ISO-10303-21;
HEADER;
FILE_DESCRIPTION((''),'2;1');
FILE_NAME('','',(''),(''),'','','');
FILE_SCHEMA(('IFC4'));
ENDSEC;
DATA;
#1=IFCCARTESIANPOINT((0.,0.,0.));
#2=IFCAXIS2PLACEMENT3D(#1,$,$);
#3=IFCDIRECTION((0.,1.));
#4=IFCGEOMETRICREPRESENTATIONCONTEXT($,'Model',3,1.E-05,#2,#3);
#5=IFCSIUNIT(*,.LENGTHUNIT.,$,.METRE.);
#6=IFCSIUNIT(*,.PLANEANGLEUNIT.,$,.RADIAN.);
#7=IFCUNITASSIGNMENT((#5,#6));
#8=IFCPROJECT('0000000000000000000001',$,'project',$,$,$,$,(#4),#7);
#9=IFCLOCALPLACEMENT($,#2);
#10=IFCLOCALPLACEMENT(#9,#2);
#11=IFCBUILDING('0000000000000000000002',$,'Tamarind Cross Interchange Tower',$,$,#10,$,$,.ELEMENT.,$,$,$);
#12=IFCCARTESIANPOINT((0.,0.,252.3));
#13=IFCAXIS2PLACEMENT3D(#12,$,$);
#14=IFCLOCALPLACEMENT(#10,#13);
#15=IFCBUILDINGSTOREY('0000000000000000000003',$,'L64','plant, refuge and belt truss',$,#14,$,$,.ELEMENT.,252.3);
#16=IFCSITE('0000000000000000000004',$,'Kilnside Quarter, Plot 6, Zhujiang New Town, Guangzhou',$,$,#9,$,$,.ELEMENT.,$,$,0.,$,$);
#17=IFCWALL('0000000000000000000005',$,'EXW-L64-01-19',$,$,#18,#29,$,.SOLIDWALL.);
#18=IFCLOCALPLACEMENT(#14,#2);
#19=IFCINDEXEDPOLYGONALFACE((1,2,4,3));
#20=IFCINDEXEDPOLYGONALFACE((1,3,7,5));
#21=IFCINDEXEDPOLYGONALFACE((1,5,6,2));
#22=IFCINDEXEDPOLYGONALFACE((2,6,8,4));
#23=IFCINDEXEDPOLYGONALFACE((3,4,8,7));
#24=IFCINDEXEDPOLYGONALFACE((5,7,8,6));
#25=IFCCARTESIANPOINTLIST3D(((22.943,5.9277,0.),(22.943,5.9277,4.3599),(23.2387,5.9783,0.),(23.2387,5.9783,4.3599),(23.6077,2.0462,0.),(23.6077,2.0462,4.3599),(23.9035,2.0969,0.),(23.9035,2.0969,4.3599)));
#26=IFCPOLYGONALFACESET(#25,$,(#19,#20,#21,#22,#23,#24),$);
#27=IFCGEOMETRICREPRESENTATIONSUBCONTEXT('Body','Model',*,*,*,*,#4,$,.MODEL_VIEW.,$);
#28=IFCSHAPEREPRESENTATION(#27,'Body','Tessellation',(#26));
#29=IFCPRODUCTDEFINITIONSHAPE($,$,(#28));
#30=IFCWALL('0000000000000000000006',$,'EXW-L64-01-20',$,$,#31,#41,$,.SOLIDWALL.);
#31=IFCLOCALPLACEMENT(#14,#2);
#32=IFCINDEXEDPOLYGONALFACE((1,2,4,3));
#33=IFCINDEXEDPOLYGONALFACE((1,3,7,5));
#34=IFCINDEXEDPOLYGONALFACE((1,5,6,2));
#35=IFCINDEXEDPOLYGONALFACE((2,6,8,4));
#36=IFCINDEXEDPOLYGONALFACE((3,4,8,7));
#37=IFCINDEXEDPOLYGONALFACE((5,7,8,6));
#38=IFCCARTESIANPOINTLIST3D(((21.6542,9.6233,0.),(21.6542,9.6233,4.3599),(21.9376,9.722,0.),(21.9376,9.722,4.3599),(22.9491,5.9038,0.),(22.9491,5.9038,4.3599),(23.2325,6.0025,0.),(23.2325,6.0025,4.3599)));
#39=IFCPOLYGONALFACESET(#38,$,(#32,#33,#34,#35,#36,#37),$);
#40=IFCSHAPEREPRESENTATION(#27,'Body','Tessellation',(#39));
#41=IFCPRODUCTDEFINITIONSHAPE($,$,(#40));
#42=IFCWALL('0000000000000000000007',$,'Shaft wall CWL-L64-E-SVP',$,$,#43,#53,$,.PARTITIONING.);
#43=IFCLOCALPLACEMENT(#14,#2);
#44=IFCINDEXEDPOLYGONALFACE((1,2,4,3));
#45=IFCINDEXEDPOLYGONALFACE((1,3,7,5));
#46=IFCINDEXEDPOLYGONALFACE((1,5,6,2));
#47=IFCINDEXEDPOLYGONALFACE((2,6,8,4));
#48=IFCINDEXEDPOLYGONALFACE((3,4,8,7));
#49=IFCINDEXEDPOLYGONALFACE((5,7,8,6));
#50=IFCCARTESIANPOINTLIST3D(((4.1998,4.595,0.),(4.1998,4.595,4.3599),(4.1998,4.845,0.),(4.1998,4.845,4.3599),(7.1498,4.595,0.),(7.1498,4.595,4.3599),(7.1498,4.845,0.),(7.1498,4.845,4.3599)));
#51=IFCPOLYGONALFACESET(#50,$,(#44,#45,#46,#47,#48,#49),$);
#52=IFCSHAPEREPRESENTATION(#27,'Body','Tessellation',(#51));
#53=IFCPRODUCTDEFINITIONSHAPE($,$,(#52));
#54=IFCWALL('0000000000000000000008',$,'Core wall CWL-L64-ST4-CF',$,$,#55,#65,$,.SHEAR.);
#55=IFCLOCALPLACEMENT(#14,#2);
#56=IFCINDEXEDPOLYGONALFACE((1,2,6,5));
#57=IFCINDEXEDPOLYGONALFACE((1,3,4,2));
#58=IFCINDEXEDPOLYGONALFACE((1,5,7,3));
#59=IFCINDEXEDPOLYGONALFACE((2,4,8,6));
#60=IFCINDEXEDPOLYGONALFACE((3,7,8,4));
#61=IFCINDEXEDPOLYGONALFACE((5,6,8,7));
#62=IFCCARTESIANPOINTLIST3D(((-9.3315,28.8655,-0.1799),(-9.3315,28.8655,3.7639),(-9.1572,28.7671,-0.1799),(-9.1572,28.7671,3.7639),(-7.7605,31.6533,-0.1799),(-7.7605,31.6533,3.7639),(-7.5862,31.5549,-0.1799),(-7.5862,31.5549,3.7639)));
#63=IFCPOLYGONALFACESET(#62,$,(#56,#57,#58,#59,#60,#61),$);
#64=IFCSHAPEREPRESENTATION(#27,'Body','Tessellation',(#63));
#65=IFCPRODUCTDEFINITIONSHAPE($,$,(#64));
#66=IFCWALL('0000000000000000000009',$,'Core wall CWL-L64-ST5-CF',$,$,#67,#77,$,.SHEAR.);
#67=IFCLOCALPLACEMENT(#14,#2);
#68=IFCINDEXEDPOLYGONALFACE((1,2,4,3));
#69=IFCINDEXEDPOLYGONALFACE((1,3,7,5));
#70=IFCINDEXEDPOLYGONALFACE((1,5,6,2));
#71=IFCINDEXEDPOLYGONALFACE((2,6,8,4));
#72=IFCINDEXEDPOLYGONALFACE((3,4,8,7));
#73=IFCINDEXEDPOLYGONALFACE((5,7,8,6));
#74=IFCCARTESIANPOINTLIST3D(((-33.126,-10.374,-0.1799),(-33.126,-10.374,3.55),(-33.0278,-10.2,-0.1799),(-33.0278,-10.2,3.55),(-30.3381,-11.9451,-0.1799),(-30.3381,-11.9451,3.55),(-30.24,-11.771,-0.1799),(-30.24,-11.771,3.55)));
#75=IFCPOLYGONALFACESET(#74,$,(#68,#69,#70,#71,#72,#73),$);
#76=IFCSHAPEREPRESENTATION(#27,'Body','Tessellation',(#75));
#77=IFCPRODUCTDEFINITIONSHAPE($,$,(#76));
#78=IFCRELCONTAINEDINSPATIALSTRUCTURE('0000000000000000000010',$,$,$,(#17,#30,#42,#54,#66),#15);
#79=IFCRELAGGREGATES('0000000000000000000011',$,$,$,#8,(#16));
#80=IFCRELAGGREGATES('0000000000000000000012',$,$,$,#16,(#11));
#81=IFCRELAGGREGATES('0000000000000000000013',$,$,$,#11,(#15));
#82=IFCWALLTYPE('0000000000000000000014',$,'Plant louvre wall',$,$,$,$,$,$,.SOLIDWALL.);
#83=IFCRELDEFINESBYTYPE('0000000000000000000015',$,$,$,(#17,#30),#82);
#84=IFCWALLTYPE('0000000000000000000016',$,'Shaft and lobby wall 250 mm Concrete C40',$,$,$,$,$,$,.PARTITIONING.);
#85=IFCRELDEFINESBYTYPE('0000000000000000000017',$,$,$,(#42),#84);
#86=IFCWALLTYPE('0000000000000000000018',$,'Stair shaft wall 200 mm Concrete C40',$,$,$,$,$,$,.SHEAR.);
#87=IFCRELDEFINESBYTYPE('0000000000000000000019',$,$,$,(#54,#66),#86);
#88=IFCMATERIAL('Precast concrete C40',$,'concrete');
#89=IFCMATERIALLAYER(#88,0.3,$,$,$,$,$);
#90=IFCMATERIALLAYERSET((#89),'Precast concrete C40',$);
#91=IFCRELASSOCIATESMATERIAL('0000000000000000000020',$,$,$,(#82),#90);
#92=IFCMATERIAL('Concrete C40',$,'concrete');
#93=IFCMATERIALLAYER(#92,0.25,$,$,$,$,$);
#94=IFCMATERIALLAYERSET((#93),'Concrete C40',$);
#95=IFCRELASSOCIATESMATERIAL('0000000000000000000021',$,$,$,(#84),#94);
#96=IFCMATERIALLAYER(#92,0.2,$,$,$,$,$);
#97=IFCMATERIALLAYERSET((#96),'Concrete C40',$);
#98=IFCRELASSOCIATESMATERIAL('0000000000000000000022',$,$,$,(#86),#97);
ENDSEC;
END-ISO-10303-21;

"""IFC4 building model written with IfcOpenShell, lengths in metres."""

from ifc_helpers import new_model, si_unit, direction, frame, frame_2d, origin, place, context, subcontext, project, spatial, polyline, rectangle, outline, extrude, material, layer, layer_set, type_object, element, save


model = new_model("IFC4")

# Units and contexts
model_context = context("Model", 3, precision=1e-05, world=origin(), true_north=direction((0.0, 1.0)))
body_context = subcontext(model_context, "Body", "Model", "MODEL_VIEW")
ifc_project = project(units=[si_unit("LENGTHUNIT", "METRE"), si_unit("PLANEANGLEUNIT", "RADIAN")], contexts=[model_context])

# Site, building, storey
site_placement = place(None, origin())
site = spatial("IfcSite", under=ifc_project, at=site_placement, Name="Kilnside Quarter, Plot 6, Zhujiang New Town, Guangzhou", CompositionType="ELEMENT", RefElevation=0.0)
building_placement = place(site_placement, origin())
building = spatial("IfcBuilding", under=site, at=building_placement, Name="Tamarind Cross Interchange Tower", CompositionType="ELEMENT")
storey_placement = place(building_placement, frame((0.0, 0.0, 252.3)))
storey = spatial("IfcBuildingStorey", under=building, at=storey_placement, Name="L64", Description="plant, refuge and belt truss", CompositionType="ELEMENT", Elevation=252.3)

# Shared definitions
ifc_material_1 = material(Name="Concrete C40", Category="concrete")

# Walls
ifc_material_2 = material(Name="Precast concrete C40", Category="concrete")
ifc_layer_1 = layer(ifc_material_2, 0.3)
ifc_layer_set_1 = layer_set([ifc_layer_1], Name="Precast concrete C40")
wall_type_1 = type_object("IfcWallType", Name="Plant louvre wall", PredefinedType="SOLIDWALL", material=ifc_layer_set_1)
wall_1_placement = place(storey_placement, frame((23.7556, 2.0715, 0.0), z_axis=(0.0, 0.0, 1.0), x_axis=(-0.168811, 0.985648, 0.0)))
element("IfcWall", 1, at=wall_1_placement, inside=storey, type_object=wall_type_1, Name="EXW-L64-01-19", PredefinedType="SOLIDWALL", context=body_context, shape_type="SweptSolid", body=[
    extrude(rectangle(XDim=3.938, YDim=0.3, at=frame_2d((1.969, 0.0))), origin(), (0.0, 0.0, 1.0), 4.3599),
])
wall_2_placement = place(storey_placement, frame((23.0908, 5.9531, 0.0), z_axis=(0.0, 0.0, 1.0), x_axis=(-0.32879, 0.944403, 0.0)))
element("IfcWall", 2, at=wall_2_placement, inside=storey, type_object=wall_type_1, Name="EXW-L64-01-20", PredefinedType="SOLIDWALL", context=body_context, shape_type="SweptSolid", body=[
    extrude(rectangle(XDim=3.9385, YDim=0.3, at=frame_2d((1.9692, 0.0))), origin(), (0.0, 0.0, 1.0), 4.3599),
])
ifc_layer_2 = layer(ifc_material_1, 0.25)
ifc_layer_set_2 = layer_set([ifc_layer_2], Name="Concrete C40")
wall_type_2 = type_object("IfcWallType", Name="Shaft and lobby wall 250 mm Concrete C40", PredefinedType="PARTITIONING", material=ifc_layer_set_2)
wall_3_placement = place(storey_placement, frame((7.1499, 4.72, 0.0), z_axis=(0.0, 0.0, 1.0), x_axis=(-1.0, 0.0, 0.0)))
element("IfcWall", 3, at=wall_3_placement, inside=storey, type_object=wall_type_2, Name="Shaft wall CWL-L64-E-SVP", PredefinedType="PARTITIONING", context=body_context, shape_type="SweptSolid", body=[
    extrude(rectangle(XDim=2.95, YDim=0.25, at=frame_2d((1.4751, 0.0))), origin(), (0.0, 0.0, 1.0), 4.3599),
])
ifc_layer_3 = layer(ifc_material_1, 0.2)
ifc_layer_set_3 = layer_set([ifc_layer_3], Name="Concrete C40")
wall_type_3 = type_object("IfcWallType", Name="Stair shaft wall 200 mm Concrete C40", PredefinedType="SHEAR", material=ifc_layer_set_3)
wall_4_placement = place(storey_placement, frame((0.0, 0.0, -0.1799)))
element("IfcWall", 4, at=wall_4_placement, inside=storey, type_object=wall_type_3, Name="Core wall CWL-L64-ST4-CF", PredefinedType="SHEAR", context=body_context, shape_type="SweptSolid", body=[
    extrude(outline(polyline([(-7.5862, 31.5549), (-7.7605, 31.6533), (-9.3315, 28.8655), (-9.1572, 28.7671), (-7.5862, 31.5549)])), origin(), (0.0, 0.0, 1.0), 3.9438),
])
wall_5_placement = place(storey_placement, frame((0.0, 0.0, -0.1799)))
element("IfcWall", 5, at=wall_5_placement, inside=storey, type_object=wall_type_3, Name="Core wall CWL-L64-ST5-CF", PredefinedType="SHEAR", context=body_context, shape_type="SweptSolid", body=[
    extrude(outline(polyline([(-33.0278, -10.2), (-33.126, -10.374), (-30.3381, -11.9451), (-30.24, -11.771), (-33.0278, -10.2)])), origin(), (0.0, 0.0, 1.0), 3.73),
])

save(model, "model.ifc")
